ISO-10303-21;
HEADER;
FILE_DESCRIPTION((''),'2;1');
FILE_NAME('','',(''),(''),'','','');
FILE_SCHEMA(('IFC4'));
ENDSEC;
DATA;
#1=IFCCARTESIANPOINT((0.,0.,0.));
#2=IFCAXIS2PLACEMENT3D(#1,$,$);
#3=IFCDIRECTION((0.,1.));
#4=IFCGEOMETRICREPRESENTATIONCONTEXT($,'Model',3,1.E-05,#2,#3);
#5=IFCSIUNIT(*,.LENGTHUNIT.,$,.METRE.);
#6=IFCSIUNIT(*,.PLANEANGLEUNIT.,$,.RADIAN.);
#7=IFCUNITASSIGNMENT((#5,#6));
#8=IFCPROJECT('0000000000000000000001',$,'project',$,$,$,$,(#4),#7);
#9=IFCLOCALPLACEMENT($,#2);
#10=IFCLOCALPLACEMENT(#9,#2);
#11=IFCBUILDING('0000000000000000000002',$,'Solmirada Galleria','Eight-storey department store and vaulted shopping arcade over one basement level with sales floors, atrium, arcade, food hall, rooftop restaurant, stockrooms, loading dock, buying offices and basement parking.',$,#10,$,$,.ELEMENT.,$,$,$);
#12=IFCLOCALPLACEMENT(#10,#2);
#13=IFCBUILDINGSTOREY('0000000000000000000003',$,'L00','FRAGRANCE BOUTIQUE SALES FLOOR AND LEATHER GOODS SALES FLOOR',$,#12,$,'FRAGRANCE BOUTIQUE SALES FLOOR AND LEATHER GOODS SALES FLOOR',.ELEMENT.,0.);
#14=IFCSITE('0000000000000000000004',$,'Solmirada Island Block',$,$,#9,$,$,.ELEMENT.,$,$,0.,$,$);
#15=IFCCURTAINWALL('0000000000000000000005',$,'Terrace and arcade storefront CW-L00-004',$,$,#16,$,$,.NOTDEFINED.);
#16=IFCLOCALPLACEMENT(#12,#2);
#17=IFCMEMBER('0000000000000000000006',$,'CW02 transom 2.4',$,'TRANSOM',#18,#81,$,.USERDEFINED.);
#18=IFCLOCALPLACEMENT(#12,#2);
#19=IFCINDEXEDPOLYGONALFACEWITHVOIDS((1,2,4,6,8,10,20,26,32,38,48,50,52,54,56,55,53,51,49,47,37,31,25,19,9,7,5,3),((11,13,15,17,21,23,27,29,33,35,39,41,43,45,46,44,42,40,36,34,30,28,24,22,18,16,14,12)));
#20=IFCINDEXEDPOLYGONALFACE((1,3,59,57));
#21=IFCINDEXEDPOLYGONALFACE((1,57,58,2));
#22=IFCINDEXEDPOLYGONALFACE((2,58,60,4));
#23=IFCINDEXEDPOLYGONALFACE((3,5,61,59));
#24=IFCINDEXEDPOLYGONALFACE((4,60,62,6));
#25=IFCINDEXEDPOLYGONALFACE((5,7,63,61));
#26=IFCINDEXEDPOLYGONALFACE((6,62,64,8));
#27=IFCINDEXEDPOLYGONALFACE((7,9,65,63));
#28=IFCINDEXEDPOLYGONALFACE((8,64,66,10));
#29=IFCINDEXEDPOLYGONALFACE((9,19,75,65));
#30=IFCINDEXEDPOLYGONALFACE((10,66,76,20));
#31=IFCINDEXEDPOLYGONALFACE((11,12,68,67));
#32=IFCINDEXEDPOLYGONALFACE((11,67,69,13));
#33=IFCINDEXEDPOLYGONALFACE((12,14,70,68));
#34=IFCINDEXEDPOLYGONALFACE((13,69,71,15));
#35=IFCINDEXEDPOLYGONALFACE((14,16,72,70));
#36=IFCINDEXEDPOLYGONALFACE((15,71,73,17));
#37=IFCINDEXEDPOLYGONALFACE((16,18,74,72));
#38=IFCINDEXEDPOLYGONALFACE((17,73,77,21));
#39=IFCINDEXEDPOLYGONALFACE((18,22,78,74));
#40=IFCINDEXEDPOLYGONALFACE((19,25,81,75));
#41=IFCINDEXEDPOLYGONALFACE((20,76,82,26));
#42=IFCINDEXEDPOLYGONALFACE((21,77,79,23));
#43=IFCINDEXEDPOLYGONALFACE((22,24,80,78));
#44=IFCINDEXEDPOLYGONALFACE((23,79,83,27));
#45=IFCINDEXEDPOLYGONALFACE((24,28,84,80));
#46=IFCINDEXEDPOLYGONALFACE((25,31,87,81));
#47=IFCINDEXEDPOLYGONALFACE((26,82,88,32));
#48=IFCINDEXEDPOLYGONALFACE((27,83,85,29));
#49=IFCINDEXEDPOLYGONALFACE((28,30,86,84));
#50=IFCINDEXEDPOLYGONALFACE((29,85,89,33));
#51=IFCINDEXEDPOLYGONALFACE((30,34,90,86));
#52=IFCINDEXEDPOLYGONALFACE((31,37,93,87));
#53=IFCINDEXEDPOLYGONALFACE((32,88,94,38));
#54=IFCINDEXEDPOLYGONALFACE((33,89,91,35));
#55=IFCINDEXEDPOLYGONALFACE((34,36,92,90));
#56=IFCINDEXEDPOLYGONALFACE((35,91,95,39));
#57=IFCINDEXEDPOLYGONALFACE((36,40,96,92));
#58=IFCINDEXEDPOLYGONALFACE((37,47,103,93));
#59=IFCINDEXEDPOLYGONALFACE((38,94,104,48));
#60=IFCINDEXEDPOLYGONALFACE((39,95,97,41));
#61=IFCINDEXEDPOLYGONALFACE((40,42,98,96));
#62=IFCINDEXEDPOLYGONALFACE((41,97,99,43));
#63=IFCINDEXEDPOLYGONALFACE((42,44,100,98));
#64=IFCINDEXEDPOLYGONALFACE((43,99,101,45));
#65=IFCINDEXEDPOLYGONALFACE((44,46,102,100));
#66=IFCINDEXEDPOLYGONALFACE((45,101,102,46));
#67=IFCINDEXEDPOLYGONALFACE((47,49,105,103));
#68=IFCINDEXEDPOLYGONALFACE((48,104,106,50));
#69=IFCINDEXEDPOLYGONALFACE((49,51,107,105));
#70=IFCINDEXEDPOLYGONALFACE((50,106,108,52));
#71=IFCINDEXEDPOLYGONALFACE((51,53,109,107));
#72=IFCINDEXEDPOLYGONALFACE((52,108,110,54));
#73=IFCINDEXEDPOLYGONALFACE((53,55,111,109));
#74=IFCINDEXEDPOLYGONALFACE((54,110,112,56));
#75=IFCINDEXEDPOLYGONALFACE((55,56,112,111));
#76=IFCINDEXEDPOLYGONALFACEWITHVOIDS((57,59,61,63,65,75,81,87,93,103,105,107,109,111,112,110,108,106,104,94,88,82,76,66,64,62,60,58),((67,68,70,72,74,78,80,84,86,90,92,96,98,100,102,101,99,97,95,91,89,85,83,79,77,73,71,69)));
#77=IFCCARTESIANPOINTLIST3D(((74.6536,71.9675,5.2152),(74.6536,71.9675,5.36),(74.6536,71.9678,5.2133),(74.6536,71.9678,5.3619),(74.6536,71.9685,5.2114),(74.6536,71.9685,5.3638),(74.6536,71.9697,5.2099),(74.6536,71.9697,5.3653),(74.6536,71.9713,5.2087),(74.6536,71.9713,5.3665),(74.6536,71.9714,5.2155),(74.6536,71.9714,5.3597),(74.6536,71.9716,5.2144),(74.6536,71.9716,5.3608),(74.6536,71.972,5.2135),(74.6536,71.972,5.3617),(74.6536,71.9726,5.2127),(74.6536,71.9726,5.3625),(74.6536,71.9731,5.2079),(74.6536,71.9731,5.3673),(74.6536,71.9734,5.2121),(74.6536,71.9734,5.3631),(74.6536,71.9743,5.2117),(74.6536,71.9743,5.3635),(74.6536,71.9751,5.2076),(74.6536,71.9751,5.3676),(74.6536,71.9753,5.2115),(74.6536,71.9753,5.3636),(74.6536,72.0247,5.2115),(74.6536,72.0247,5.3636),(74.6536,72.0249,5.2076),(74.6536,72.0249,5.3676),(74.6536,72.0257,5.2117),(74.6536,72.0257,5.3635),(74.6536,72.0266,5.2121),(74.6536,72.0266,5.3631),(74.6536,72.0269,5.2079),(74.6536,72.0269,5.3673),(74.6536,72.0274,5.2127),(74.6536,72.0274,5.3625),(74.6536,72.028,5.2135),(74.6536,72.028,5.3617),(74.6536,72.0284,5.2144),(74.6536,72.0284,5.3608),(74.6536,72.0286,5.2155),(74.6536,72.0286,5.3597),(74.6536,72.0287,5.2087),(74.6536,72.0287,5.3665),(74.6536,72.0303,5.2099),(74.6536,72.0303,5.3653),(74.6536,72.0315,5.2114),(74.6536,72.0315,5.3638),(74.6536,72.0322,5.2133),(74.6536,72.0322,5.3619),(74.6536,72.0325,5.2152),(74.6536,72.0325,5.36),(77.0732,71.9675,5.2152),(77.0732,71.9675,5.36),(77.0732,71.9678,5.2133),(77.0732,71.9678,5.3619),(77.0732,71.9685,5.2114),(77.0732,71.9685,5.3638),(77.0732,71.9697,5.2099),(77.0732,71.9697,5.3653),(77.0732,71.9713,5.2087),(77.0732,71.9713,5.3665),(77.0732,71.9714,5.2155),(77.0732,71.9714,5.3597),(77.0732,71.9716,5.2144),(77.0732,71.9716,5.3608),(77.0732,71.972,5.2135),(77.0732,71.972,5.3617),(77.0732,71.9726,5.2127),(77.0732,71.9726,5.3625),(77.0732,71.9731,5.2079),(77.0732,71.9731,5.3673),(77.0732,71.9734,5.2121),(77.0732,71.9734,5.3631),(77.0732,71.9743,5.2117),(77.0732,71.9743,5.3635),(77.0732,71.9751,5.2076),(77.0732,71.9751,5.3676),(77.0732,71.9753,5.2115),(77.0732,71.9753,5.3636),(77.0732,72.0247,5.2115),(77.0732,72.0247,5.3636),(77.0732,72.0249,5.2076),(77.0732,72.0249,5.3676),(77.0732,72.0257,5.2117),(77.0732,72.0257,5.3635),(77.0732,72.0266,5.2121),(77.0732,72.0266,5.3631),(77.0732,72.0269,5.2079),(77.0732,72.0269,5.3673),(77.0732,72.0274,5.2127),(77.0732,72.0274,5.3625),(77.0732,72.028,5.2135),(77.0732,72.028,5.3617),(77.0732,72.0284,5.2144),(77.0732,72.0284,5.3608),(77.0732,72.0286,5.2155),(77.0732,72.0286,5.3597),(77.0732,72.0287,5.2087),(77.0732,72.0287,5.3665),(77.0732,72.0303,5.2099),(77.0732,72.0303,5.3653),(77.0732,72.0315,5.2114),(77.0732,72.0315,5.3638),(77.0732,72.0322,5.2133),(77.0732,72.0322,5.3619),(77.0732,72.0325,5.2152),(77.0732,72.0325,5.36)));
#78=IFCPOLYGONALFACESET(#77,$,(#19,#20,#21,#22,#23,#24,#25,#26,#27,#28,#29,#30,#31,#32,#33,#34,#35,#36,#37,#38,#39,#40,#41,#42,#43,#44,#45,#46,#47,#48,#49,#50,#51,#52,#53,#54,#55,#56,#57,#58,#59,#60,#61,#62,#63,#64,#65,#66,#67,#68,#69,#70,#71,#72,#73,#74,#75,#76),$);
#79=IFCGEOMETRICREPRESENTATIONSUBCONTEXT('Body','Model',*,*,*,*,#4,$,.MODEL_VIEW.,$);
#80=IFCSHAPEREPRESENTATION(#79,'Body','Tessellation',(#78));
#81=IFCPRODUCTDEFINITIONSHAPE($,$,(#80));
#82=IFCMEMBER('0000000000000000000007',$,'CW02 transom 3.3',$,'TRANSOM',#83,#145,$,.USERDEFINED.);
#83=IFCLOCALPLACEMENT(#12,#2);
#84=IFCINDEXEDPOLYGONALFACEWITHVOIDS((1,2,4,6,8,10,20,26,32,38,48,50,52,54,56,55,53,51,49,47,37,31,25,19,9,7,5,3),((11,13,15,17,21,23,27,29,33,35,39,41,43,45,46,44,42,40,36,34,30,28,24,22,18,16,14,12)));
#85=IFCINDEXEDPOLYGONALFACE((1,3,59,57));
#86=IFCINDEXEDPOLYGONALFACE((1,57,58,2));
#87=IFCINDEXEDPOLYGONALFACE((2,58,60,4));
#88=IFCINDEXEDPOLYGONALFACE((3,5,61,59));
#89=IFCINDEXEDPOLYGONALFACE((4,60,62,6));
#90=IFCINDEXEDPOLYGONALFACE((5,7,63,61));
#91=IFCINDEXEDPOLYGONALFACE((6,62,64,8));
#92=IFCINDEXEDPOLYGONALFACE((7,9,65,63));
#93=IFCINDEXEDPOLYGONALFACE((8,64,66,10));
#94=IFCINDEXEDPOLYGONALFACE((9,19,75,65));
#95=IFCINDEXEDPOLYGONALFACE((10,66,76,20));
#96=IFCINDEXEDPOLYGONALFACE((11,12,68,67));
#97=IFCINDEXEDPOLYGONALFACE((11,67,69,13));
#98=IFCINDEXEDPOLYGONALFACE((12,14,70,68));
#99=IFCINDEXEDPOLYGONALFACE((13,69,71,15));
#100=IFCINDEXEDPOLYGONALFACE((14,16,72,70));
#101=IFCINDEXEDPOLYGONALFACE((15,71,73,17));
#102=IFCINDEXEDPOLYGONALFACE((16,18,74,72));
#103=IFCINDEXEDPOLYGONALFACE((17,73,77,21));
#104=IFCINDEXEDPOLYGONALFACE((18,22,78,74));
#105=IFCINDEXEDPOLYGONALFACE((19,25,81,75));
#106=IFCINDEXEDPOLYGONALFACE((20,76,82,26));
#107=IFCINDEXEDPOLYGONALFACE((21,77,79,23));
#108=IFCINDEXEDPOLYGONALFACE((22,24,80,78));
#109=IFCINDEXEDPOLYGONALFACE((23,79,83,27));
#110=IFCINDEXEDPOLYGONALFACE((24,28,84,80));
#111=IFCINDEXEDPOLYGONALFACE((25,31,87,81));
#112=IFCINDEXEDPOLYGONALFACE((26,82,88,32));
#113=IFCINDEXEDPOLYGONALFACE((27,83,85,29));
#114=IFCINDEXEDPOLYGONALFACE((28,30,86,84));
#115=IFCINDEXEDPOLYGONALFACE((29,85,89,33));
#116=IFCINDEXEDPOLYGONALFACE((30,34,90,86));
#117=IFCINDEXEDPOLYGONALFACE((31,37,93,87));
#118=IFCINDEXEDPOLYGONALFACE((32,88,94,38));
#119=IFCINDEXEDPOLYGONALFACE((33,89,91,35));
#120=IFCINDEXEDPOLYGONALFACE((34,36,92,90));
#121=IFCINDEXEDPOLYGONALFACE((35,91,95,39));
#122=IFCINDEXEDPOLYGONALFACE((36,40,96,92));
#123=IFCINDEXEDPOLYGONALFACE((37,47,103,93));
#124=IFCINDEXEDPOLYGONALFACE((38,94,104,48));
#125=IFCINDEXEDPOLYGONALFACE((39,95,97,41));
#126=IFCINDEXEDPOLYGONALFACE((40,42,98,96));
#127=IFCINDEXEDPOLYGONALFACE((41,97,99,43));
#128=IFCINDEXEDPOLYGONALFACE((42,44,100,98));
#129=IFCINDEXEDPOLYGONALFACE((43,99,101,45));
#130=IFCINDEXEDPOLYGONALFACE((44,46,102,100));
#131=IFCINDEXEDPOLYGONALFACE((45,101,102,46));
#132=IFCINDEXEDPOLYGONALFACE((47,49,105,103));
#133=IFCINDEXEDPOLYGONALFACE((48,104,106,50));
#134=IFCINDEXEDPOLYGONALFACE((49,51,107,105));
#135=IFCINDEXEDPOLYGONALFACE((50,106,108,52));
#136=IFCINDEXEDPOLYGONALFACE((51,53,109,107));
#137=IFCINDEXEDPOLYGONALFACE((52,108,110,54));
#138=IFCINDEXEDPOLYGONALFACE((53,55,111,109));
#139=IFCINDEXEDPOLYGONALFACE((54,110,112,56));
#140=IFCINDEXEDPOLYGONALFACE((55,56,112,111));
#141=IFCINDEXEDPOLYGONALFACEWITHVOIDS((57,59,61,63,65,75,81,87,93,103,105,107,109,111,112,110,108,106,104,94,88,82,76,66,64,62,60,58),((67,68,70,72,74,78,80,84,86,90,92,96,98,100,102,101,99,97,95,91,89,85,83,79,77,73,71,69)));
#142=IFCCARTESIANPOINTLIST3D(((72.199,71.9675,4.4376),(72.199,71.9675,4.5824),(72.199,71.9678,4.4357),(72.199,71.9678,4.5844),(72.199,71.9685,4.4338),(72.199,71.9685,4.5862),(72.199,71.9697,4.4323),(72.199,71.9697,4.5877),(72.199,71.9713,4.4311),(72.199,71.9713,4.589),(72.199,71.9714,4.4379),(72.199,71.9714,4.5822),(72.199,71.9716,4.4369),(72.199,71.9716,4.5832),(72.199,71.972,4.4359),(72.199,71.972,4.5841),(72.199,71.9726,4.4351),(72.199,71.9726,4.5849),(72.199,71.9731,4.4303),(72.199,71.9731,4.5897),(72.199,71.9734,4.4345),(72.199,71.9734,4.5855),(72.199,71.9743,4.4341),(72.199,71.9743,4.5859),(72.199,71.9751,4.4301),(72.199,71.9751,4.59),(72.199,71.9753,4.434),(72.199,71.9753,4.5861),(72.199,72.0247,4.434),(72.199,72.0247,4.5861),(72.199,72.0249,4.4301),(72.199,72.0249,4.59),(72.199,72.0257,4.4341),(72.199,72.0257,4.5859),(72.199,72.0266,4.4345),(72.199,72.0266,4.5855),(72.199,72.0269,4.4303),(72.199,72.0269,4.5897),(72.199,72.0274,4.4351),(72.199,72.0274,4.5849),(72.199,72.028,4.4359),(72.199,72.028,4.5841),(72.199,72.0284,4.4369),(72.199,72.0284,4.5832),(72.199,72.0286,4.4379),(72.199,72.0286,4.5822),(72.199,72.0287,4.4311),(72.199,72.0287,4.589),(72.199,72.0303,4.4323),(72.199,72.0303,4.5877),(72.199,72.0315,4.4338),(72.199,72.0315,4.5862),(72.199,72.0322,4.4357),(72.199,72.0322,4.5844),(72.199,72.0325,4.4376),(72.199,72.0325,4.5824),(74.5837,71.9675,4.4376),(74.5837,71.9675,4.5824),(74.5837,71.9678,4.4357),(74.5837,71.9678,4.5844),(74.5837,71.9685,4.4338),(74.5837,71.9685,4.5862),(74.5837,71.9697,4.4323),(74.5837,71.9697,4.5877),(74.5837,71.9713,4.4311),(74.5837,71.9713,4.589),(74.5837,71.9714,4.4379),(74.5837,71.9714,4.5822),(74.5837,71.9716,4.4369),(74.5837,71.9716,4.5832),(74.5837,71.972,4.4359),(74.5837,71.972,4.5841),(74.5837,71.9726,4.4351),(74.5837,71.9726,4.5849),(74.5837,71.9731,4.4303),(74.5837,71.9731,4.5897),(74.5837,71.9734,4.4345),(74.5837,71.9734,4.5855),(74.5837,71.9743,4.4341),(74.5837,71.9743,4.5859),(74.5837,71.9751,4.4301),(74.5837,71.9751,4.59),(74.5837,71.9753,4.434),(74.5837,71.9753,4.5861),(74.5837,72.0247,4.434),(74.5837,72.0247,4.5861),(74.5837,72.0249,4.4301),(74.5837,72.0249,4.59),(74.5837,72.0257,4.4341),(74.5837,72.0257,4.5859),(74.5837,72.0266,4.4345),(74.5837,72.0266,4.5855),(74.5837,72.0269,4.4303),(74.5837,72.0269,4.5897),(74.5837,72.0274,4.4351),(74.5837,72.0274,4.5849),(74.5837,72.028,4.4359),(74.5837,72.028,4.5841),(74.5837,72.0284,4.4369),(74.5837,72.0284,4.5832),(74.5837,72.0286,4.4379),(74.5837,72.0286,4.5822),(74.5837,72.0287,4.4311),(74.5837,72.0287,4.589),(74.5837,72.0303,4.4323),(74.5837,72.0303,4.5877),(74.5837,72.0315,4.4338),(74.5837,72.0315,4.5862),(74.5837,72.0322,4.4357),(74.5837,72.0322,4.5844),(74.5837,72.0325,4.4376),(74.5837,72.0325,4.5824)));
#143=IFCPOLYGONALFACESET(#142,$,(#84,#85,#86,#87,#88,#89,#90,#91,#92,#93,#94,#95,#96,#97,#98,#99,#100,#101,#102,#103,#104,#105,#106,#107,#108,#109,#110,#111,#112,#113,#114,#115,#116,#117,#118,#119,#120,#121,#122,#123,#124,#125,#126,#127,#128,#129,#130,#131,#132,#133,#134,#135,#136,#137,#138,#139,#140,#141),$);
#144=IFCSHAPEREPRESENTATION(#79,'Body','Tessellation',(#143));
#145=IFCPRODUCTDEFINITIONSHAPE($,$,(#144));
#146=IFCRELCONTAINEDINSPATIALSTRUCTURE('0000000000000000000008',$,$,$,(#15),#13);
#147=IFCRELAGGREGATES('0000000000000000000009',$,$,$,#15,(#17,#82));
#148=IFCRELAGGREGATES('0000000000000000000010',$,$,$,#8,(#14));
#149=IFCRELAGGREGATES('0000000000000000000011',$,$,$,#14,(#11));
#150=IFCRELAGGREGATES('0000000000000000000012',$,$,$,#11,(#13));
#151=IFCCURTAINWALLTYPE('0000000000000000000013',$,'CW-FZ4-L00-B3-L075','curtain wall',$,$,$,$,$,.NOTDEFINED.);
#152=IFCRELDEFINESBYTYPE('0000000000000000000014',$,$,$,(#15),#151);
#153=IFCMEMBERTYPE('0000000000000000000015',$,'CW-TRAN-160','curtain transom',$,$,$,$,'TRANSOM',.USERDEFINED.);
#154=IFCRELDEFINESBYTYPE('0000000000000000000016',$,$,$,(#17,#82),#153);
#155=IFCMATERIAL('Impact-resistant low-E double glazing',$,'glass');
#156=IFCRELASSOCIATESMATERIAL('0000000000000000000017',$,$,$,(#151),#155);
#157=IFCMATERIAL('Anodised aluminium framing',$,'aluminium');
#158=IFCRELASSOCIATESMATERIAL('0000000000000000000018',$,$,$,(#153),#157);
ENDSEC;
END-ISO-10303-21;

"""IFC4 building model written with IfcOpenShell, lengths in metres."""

from ifc_helpers import new_model, si_unit, direction, frame, origin, origin_2d, place, context, subcontext, project, spatial, hollow_rectangle, extrude, material, material_profile, profile_set, type_object, element, aggregate, save


model = new_model("IFC4")

# Units and contexts
model_context = context("Model", 3, precision=1e-05, world=origin(), true_north=direction((0.0, 1.0)))
body_context = subcontext(model_context, "Body", "Model", "MODEL_VIEW")
ifc_project = project(units=[si_unit("LENGTHUNIT", "METRE"), si_unit("PLANEANGLEUNIT", "RADIAN")], contexts=[model_context])

# Site, building, storey
site_placement = place(None, origin())
site = spatial("IfcSite", under=ifc_project, at=site_placement, Name="Solmirada Island Block", CompositionType="ELEMENT", RefElevation=0.0)
building_placement = place(site_placement, origin())
building = spatial("IfcBuilding", under=site, at=building_placement, Name="Solmirada Galleria", Description="Eight-storey department store and vaulted shopping arcade over one basement level with sales floors, atrium, arcade, food hall, rooftop restaurant, stockrooms, loading dock, buying offices and basement parking.", CompositionType="ELEMENT")
storey_placement = place(building_placement, origin())
storey = spatial("IfcBuildingStorey", under=building, at=storey_placement, Name="L00", Description="FRAGRANCE BOUTIQUE SALES FLOOR AND LEATHER GOODS SALES FLOOR", LongName="FRAGRANCE BOUTIQUE SALES FLOOR AND LEATHER GOODS SALES FLOOR", CompositionType="ELEMENT", Elevation=0.0)

# Shared definitions
ifc_material_1 = material(Name="Impact-resistant low-E double glazing", Category="glass")
ifc_material_2 = material(Name="Anodised aluminium framing", Category="aluminium")

# Curtain wall
curtain_wall_type_1 = type_object("IfcCurtainWallType", Name="CW-FZ4-L00-B3-L075", Description="curtain wall", PredefinedType="NOTDEFINED", material=ifc_material_1)
curtain_wall_1_placement = place(storey_placement, origin())
curtain_wall_1 = element("IfcCurtainWall", 1, at=curtain_wall_1_placement, inside=storey, type_object=curtain_wall_type_1, Name="Terrace and arcade storefront CW-L00-004", PredefinedType="NOTDEFINED")

# Members
ifc_material_profile_1 = material_profile(ifc_material_2, hollow_rectangle(XDim=0.0649, YDim=0.1599, WallThickness=0.0039, InnerFilletRadius=0.0039, OuterFilletRadius=0.0076, at=origin_2d()), Name="ALU-TRAN-160X65")
ifc_profile_set_1 = profile_set([ifc_material_profile_1], Name="Anodised aluminium framing")
member_type_1 = type_object("IfcMemberType", Name="CW-TRAN-160", Description="curtain transom", ElementType="TRANSOM", PredefinedType="USERDEFINED", material=ifc_profile_set_1)
member_1_placement = place(storey_placement, frame((77.0732, 72.0, 5.2876), z_axis=(-1.0, 0.0, 0.0), x_axis=(0.0, -1.0, 0.0)))
member_1 = element("IfcMember", 2, at=member_1_placement, type_object=member_type_1, Name="CW02 transom 2.4", ObjectType="TRANSOM", PredefinedType="USERDEFINED", context=body_context, shape_type="SweptSolid", body=[
    extrude(hollow_rectangle(XDim=0.0649, YDim=0.1599, WallThickness=0.0039, InnerFilletRadius=0.0039, OuterFilletRadius=0.0076, at=origin_2d()), origin(), (0.0, 0.0, 1.0), 2.4197),
])
member_2_placement = place(storey_placement, frame((74.5837, 72.0, 4.51), z_axis=(-1.0, 0.0, 0.0), x_axis=(0.0, -1.0, 0.0)))
member_2 = element("IfcMember", 3, at=member_2_placement, type_object=member_type_1, Name="CW02 transom 3.3", ObjectType="TRANSOM", PredefinedType="USERDEFINED", context=body_context, shape_type="SweptSolid", body=[
    extrude(hollow_rectangle(XDim=0.0649, YDim=0.1599, WallThickness=0.0039, InnerFilletRadius=0.0039, OuterFilletRadius=0.0076, at=origin_2d()), origin(), (0.0, 0.0, 1.0), 2.3848),
])

aggregate(curtain_wall_1, [member_1, member_2])

save(model, "model.ifc")
